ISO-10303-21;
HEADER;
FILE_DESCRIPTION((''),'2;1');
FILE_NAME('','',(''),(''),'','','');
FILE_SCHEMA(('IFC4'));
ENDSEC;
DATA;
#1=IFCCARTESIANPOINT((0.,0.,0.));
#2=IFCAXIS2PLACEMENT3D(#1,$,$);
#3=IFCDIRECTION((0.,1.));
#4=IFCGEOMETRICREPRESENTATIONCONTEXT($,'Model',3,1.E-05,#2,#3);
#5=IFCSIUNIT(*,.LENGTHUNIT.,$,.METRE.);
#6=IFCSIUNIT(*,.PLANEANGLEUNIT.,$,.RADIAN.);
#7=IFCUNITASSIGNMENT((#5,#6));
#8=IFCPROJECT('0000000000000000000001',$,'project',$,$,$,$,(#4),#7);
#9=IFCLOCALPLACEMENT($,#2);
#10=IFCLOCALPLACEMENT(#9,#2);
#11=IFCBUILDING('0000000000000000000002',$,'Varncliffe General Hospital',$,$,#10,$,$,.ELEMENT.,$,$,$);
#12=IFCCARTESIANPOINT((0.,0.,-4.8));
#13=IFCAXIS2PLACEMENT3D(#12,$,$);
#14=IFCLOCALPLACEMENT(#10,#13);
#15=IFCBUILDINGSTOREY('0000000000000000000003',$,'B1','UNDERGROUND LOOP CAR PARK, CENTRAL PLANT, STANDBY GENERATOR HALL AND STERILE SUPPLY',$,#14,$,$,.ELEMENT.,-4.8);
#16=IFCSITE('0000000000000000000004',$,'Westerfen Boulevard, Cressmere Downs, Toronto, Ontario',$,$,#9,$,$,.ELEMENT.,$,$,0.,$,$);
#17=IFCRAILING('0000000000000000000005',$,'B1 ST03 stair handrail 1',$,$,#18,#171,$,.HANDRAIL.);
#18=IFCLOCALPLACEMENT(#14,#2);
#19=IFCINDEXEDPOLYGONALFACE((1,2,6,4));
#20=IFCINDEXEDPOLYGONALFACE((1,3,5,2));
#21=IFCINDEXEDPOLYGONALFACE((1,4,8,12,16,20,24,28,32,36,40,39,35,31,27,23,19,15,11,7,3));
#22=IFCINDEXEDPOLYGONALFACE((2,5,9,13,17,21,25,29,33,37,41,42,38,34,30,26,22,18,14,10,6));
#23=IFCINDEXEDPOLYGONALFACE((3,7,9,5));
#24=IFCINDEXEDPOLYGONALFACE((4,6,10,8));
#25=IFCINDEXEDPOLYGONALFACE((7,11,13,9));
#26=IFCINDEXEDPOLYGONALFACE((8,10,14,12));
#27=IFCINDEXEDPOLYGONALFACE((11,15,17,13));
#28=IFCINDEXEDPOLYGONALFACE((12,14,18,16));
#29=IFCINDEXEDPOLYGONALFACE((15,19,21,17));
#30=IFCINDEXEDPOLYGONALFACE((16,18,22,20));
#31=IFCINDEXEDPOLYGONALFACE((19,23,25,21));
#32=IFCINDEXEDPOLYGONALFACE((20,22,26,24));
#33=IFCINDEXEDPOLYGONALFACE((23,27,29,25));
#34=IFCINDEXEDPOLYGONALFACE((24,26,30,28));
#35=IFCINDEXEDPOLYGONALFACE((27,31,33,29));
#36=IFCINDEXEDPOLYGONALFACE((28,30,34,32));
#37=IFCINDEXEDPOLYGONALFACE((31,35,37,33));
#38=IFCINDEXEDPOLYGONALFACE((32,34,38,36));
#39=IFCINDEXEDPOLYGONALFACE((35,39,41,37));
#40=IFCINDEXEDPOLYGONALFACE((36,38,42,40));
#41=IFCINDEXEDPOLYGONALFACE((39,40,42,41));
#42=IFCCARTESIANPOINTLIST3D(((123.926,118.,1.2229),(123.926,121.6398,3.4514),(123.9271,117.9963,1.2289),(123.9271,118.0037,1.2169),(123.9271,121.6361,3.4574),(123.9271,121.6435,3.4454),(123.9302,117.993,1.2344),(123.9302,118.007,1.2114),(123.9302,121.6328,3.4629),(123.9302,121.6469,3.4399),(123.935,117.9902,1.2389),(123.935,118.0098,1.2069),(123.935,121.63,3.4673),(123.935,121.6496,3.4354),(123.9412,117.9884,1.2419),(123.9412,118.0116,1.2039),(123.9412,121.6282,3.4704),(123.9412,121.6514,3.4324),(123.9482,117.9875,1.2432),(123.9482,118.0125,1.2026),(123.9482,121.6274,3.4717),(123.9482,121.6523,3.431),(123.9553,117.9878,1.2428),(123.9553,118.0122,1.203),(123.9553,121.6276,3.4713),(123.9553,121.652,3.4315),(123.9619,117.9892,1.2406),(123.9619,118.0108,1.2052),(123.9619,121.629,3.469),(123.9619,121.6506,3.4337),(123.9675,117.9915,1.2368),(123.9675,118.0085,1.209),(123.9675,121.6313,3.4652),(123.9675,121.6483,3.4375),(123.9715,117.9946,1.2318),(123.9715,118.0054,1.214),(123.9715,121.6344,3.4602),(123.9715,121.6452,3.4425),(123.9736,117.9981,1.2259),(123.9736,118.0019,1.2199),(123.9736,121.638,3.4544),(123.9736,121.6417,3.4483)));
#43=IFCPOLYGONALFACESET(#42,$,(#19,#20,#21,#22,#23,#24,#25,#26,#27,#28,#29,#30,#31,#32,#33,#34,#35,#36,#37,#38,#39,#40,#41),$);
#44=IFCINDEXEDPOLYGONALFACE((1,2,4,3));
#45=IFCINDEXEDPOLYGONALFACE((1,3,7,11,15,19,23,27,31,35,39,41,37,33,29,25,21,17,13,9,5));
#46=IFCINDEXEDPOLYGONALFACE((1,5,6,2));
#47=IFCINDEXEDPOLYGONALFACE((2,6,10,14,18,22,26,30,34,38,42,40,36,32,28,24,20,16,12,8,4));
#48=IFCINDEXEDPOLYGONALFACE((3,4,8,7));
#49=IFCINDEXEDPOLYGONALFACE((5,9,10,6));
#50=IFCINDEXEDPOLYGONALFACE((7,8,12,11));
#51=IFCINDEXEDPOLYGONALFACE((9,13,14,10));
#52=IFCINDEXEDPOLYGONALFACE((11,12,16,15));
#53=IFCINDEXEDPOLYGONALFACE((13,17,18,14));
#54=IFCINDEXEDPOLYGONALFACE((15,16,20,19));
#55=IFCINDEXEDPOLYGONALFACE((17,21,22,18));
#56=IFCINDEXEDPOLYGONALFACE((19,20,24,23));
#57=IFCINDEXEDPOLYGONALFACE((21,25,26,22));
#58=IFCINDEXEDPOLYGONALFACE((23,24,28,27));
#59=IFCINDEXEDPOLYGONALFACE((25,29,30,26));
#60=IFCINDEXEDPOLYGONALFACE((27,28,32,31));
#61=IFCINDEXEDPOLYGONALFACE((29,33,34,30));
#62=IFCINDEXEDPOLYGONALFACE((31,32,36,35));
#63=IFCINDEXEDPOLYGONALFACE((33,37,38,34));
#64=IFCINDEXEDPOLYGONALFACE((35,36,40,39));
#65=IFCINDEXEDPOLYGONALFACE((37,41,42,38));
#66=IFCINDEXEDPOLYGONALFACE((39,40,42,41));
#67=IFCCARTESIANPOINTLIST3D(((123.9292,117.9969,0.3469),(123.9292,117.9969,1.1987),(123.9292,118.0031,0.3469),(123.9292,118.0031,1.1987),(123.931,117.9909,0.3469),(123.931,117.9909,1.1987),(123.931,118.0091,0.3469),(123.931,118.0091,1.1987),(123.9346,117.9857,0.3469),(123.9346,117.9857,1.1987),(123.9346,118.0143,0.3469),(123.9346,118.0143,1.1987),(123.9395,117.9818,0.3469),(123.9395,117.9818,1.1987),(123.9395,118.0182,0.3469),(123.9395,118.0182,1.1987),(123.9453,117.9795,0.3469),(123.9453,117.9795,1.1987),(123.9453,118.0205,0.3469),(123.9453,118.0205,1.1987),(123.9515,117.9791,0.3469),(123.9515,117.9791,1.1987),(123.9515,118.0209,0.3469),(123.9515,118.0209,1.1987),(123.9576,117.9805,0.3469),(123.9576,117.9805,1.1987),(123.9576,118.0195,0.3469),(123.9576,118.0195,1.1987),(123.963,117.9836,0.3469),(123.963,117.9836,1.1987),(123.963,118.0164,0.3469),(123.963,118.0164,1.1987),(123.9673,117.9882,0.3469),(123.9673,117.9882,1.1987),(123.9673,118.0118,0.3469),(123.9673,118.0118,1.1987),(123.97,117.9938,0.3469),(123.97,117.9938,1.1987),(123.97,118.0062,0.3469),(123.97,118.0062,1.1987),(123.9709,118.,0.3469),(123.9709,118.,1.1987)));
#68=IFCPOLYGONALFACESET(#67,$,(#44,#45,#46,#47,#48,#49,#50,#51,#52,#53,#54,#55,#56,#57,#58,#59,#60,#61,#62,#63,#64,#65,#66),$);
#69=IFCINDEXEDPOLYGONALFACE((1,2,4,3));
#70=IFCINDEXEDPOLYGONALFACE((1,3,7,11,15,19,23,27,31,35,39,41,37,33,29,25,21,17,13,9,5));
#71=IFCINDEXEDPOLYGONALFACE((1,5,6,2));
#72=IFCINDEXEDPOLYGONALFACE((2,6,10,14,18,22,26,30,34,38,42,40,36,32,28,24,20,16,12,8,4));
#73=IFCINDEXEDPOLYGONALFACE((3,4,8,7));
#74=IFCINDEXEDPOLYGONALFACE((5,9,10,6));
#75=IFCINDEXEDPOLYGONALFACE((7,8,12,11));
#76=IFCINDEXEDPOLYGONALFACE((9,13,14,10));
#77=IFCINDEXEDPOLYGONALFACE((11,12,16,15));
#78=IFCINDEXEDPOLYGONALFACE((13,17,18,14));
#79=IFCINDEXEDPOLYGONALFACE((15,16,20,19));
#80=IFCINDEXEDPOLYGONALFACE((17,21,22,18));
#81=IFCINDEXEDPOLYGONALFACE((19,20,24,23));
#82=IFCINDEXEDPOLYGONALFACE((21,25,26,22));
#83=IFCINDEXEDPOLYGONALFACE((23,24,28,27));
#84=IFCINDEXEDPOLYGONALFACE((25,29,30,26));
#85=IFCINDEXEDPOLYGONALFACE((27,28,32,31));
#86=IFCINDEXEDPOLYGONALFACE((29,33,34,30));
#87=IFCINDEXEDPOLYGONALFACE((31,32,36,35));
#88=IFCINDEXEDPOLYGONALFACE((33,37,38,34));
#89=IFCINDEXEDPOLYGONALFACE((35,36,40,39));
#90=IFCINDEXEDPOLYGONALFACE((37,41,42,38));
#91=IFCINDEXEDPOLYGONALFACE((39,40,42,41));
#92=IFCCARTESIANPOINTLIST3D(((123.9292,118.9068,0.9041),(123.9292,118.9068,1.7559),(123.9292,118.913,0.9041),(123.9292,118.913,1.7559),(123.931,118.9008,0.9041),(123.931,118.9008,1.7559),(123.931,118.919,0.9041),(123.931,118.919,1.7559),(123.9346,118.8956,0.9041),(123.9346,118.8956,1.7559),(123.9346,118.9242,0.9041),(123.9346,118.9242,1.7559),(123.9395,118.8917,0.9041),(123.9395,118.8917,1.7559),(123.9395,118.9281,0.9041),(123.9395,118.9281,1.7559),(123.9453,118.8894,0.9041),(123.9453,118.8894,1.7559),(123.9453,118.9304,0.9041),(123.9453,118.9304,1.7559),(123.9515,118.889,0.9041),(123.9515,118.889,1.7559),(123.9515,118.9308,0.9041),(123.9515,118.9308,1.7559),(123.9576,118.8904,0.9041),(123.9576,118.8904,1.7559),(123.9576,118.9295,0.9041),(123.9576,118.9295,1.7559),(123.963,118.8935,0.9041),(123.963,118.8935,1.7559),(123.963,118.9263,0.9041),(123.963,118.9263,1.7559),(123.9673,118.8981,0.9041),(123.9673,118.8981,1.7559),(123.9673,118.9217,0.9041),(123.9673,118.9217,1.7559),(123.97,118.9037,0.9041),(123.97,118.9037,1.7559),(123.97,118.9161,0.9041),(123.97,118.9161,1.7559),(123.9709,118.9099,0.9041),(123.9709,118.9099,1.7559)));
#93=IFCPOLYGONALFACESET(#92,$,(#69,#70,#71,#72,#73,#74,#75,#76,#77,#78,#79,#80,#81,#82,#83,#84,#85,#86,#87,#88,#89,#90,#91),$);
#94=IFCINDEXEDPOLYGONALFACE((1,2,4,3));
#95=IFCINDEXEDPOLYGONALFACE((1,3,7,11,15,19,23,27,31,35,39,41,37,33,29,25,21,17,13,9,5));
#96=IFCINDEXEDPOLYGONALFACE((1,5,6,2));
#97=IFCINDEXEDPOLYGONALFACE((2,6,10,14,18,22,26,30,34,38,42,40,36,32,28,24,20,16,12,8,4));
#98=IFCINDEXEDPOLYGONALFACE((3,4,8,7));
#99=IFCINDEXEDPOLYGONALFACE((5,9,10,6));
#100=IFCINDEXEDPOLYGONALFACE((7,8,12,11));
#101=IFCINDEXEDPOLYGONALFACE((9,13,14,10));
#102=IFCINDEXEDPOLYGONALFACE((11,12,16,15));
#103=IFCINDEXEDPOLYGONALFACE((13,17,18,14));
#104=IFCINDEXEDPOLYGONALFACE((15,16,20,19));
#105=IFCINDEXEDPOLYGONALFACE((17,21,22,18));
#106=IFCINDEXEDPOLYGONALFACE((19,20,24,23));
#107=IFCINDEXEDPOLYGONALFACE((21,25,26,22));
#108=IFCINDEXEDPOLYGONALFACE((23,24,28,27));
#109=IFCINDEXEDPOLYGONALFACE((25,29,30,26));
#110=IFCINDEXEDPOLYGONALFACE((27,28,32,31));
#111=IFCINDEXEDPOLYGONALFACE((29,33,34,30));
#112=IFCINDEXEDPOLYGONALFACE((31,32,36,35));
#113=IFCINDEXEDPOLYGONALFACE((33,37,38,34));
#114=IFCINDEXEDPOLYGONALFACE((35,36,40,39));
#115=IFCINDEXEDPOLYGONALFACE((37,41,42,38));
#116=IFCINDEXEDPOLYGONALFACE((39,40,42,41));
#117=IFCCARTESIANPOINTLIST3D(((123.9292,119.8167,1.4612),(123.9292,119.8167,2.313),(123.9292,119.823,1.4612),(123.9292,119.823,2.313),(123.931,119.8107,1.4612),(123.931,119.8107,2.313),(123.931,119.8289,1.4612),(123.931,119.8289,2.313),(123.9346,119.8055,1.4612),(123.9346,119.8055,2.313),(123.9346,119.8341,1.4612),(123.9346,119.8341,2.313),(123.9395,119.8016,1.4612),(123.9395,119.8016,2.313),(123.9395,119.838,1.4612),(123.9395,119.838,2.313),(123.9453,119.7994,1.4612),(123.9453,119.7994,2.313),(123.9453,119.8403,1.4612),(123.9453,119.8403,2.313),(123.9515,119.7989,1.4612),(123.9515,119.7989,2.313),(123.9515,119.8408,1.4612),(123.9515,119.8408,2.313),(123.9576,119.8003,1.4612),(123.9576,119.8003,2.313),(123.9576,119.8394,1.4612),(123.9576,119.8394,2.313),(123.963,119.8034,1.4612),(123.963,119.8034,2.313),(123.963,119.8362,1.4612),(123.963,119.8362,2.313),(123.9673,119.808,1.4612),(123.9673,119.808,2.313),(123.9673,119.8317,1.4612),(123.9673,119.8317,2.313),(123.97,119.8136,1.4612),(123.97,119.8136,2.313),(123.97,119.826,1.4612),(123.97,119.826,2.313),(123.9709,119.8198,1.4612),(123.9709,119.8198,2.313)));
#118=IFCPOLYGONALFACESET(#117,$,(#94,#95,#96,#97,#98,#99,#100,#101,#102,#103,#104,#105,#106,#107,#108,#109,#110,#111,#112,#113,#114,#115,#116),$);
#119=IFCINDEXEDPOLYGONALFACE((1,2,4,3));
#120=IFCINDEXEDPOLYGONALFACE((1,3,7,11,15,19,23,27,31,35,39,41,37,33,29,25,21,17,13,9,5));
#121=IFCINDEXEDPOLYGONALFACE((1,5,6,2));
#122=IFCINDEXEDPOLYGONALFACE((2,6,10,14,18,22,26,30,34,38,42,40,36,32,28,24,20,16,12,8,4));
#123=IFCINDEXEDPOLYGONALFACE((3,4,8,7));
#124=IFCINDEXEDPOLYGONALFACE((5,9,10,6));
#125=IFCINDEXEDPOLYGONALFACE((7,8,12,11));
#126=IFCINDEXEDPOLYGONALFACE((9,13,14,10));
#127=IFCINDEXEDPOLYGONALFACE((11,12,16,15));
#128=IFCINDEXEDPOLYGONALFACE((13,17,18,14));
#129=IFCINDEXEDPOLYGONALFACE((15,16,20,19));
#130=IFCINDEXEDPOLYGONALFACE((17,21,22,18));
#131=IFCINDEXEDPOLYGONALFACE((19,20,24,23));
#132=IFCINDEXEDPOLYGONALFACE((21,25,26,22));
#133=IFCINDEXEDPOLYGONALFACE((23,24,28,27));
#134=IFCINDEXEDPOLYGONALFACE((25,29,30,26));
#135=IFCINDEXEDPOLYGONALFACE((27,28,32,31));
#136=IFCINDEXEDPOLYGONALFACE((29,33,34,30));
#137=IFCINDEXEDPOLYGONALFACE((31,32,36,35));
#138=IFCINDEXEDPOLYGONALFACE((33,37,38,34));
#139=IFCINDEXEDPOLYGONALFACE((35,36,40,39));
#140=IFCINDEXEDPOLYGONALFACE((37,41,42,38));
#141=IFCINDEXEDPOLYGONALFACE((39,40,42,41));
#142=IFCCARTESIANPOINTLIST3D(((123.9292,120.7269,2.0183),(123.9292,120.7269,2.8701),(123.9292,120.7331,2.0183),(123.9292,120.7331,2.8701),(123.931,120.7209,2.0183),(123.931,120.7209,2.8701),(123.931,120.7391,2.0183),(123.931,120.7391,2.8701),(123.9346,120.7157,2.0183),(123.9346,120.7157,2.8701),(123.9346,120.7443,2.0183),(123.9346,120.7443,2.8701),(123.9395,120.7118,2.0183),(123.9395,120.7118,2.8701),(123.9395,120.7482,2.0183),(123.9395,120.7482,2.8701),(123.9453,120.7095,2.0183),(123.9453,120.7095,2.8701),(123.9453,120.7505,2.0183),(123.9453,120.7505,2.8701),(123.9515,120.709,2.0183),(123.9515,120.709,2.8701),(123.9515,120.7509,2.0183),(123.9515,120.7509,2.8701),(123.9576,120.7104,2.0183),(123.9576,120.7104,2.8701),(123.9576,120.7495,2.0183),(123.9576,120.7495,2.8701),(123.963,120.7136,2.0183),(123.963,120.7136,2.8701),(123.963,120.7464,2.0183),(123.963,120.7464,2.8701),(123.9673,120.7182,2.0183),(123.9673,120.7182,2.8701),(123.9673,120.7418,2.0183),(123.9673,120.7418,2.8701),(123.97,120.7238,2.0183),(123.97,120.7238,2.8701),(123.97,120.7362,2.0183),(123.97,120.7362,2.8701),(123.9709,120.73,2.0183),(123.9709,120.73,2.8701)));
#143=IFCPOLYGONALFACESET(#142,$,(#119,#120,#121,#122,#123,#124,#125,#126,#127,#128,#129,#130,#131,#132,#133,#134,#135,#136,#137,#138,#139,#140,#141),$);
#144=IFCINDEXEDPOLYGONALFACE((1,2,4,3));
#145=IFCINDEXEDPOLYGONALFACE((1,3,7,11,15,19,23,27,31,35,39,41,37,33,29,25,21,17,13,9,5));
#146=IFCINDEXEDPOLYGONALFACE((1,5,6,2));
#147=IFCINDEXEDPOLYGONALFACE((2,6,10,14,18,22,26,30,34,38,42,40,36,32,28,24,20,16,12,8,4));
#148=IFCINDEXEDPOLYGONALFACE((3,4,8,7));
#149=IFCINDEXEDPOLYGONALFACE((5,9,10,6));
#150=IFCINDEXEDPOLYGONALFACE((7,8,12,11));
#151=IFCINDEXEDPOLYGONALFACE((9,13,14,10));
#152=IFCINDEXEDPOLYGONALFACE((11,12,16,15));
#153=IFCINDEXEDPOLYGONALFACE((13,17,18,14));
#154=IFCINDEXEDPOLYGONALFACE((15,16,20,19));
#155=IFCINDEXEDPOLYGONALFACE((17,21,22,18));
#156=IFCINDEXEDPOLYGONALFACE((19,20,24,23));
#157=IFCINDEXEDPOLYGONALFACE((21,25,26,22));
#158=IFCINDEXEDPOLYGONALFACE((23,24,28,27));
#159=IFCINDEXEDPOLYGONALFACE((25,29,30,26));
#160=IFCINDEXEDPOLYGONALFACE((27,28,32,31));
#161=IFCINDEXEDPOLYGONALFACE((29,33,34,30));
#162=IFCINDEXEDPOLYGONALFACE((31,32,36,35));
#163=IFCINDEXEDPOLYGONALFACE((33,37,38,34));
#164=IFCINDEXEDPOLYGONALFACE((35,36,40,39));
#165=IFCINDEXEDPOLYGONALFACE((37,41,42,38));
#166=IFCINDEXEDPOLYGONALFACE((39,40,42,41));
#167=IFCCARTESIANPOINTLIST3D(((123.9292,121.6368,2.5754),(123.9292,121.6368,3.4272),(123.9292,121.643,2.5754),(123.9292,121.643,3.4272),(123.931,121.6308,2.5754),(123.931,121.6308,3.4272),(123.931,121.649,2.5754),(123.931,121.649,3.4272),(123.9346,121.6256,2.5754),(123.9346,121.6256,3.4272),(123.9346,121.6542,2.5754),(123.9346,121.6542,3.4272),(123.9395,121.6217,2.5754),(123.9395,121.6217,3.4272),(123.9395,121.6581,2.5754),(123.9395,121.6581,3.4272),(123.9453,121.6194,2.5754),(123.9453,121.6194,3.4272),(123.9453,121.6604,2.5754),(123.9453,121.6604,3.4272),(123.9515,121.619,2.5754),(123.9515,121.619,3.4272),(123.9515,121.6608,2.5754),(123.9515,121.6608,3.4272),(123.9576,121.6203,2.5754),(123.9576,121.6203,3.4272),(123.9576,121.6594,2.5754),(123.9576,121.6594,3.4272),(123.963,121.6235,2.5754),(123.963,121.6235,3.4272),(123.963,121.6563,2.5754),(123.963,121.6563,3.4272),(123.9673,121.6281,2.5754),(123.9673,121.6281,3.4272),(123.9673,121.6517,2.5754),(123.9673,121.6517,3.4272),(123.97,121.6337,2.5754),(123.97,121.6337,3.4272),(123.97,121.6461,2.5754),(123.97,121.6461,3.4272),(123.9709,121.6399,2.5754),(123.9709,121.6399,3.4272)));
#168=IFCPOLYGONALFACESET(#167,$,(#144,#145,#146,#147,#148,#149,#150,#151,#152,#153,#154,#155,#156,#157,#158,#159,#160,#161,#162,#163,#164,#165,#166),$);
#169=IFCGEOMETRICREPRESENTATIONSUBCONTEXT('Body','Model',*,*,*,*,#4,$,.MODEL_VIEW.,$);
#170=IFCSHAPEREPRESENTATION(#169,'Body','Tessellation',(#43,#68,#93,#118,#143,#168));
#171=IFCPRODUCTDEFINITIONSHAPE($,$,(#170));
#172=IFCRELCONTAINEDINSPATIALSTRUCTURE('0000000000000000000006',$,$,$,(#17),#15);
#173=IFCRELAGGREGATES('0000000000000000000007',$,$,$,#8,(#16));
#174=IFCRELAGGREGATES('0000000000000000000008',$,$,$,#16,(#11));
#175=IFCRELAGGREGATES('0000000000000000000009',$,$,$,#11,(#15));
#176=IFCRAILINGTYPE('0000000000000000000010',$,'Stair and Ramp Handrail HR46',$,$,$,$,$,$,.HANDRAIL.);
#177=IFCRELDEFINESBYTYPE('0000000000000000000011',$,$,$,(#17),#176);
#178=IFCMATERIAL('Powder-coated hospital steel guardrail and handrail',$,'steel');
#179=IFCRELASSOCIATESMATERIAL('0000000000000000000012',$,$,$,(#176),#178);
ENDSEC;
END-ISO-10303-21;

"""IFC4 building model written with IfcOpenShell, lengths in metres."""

from ifc_helpers import new_model, si_unit, direction, frame, origin, origin_2d, place, context, subcontext, project, spatial, circle, extrude, material, type_object, element, save


model = new_model("IFC4")

# Units and contexts
model_context = context("Model", 3, precision=1e-05, world=origin(), true_north=direction((0.0, 1.0)))
body_context = subcontext(model_context, "Body", "Model", "MODEL_VIEW")
ifc_project = project(units=[si_unit("LENGTHUNIT", "METRE"), si_unit("PLANEANGLEUNIT", "RADIAN")], contexts=[model_context])

# Site, building, storey
site_placement = place(None, origin())
site = spatial("IfcSite", under=ifc_project, at=site_placement, Name="Westerfen Boulevard, Cressmere Downs, Toronto, Ontario", CompositionType="ELEMENT", RefElevation=0.0)
building_placement = place(site_placement, origin())
building = spatial("IfcBuilding", under=site, at=building_placement, Name="Varncliffe General Hospital", CompositionType="ELEMENT")
storey_placement = place(building_placement, frame((0.0, 0.0, -4.8)))
storey = spatial("IfcBuildingStorey", under=building, at=storey_placement, Name="B1", Description="UNDERGROUND LOOP CAR PARK, CENTRAL PLANT, STANDBY GENERATOR HALL AND STERILE SUPPLY", CompositionType="ELEMENT", Elevation=-4.8)

# Railing
ifc_material_1 = material(Name="Powder-coated hospital steel guardrail and handrail", Category="steel")
railing_type_1 = type_object("IfcRailingType", Name="Stair and Ramp Handrail HR46", PredefinedType="HANDRAIL", material=ifc_material_1)
railing_1_placement = place(storey_placement, frame((123.95, 118.0, 0.3469)))
element("IfcRailing", 1, at=railing_1_placement, inside=storey, type_object=railing_type_1, Name="B1 ST03 stair handrail 1", PredefinedType="HANDRAIL", context=body_context, shape_type="SweptSolid", body=[
    extrude(circle(Radius=0.0239, at=origin_2d()), frame((0.0, 0.0, 0.876), z_axis=(0.0, 0.85285, 0.522156), x_axis=(-1.0, 0.0, 0.0)), (0.0, 0.0, 1.0), 4.2678),
    extrude(circle(Radius=0.021, at=origin_2d()), origin(), (0.0, 0.0, 1.0), 0.8518),
    extrude(circle(Radius=0.021, at=origin_2d()), frame((0.0, 0.9099, 0.5571)), (0.0, 0.0, 1.0), 0.8518),
    extrude(circle(Radius=0.021, at=origin_2d()), frame((0.0, 1.8198, 1.1143)), (0.0, 0.0, 1.0), 0.8518),
    extrude(circle(Radius=0.021, at=origin_2d()), frame((0.0, 2.73, 1.6714)), (0.0, 0.0, 1.0), 0.8518),
    extrude(circle(Radius=0.021, at=origin_2d()), frame((0.0, 3.6399, 2.2285)), (0.0, 0.0, 1.0), 0.8518),
])

save(model, "model.ifc")
